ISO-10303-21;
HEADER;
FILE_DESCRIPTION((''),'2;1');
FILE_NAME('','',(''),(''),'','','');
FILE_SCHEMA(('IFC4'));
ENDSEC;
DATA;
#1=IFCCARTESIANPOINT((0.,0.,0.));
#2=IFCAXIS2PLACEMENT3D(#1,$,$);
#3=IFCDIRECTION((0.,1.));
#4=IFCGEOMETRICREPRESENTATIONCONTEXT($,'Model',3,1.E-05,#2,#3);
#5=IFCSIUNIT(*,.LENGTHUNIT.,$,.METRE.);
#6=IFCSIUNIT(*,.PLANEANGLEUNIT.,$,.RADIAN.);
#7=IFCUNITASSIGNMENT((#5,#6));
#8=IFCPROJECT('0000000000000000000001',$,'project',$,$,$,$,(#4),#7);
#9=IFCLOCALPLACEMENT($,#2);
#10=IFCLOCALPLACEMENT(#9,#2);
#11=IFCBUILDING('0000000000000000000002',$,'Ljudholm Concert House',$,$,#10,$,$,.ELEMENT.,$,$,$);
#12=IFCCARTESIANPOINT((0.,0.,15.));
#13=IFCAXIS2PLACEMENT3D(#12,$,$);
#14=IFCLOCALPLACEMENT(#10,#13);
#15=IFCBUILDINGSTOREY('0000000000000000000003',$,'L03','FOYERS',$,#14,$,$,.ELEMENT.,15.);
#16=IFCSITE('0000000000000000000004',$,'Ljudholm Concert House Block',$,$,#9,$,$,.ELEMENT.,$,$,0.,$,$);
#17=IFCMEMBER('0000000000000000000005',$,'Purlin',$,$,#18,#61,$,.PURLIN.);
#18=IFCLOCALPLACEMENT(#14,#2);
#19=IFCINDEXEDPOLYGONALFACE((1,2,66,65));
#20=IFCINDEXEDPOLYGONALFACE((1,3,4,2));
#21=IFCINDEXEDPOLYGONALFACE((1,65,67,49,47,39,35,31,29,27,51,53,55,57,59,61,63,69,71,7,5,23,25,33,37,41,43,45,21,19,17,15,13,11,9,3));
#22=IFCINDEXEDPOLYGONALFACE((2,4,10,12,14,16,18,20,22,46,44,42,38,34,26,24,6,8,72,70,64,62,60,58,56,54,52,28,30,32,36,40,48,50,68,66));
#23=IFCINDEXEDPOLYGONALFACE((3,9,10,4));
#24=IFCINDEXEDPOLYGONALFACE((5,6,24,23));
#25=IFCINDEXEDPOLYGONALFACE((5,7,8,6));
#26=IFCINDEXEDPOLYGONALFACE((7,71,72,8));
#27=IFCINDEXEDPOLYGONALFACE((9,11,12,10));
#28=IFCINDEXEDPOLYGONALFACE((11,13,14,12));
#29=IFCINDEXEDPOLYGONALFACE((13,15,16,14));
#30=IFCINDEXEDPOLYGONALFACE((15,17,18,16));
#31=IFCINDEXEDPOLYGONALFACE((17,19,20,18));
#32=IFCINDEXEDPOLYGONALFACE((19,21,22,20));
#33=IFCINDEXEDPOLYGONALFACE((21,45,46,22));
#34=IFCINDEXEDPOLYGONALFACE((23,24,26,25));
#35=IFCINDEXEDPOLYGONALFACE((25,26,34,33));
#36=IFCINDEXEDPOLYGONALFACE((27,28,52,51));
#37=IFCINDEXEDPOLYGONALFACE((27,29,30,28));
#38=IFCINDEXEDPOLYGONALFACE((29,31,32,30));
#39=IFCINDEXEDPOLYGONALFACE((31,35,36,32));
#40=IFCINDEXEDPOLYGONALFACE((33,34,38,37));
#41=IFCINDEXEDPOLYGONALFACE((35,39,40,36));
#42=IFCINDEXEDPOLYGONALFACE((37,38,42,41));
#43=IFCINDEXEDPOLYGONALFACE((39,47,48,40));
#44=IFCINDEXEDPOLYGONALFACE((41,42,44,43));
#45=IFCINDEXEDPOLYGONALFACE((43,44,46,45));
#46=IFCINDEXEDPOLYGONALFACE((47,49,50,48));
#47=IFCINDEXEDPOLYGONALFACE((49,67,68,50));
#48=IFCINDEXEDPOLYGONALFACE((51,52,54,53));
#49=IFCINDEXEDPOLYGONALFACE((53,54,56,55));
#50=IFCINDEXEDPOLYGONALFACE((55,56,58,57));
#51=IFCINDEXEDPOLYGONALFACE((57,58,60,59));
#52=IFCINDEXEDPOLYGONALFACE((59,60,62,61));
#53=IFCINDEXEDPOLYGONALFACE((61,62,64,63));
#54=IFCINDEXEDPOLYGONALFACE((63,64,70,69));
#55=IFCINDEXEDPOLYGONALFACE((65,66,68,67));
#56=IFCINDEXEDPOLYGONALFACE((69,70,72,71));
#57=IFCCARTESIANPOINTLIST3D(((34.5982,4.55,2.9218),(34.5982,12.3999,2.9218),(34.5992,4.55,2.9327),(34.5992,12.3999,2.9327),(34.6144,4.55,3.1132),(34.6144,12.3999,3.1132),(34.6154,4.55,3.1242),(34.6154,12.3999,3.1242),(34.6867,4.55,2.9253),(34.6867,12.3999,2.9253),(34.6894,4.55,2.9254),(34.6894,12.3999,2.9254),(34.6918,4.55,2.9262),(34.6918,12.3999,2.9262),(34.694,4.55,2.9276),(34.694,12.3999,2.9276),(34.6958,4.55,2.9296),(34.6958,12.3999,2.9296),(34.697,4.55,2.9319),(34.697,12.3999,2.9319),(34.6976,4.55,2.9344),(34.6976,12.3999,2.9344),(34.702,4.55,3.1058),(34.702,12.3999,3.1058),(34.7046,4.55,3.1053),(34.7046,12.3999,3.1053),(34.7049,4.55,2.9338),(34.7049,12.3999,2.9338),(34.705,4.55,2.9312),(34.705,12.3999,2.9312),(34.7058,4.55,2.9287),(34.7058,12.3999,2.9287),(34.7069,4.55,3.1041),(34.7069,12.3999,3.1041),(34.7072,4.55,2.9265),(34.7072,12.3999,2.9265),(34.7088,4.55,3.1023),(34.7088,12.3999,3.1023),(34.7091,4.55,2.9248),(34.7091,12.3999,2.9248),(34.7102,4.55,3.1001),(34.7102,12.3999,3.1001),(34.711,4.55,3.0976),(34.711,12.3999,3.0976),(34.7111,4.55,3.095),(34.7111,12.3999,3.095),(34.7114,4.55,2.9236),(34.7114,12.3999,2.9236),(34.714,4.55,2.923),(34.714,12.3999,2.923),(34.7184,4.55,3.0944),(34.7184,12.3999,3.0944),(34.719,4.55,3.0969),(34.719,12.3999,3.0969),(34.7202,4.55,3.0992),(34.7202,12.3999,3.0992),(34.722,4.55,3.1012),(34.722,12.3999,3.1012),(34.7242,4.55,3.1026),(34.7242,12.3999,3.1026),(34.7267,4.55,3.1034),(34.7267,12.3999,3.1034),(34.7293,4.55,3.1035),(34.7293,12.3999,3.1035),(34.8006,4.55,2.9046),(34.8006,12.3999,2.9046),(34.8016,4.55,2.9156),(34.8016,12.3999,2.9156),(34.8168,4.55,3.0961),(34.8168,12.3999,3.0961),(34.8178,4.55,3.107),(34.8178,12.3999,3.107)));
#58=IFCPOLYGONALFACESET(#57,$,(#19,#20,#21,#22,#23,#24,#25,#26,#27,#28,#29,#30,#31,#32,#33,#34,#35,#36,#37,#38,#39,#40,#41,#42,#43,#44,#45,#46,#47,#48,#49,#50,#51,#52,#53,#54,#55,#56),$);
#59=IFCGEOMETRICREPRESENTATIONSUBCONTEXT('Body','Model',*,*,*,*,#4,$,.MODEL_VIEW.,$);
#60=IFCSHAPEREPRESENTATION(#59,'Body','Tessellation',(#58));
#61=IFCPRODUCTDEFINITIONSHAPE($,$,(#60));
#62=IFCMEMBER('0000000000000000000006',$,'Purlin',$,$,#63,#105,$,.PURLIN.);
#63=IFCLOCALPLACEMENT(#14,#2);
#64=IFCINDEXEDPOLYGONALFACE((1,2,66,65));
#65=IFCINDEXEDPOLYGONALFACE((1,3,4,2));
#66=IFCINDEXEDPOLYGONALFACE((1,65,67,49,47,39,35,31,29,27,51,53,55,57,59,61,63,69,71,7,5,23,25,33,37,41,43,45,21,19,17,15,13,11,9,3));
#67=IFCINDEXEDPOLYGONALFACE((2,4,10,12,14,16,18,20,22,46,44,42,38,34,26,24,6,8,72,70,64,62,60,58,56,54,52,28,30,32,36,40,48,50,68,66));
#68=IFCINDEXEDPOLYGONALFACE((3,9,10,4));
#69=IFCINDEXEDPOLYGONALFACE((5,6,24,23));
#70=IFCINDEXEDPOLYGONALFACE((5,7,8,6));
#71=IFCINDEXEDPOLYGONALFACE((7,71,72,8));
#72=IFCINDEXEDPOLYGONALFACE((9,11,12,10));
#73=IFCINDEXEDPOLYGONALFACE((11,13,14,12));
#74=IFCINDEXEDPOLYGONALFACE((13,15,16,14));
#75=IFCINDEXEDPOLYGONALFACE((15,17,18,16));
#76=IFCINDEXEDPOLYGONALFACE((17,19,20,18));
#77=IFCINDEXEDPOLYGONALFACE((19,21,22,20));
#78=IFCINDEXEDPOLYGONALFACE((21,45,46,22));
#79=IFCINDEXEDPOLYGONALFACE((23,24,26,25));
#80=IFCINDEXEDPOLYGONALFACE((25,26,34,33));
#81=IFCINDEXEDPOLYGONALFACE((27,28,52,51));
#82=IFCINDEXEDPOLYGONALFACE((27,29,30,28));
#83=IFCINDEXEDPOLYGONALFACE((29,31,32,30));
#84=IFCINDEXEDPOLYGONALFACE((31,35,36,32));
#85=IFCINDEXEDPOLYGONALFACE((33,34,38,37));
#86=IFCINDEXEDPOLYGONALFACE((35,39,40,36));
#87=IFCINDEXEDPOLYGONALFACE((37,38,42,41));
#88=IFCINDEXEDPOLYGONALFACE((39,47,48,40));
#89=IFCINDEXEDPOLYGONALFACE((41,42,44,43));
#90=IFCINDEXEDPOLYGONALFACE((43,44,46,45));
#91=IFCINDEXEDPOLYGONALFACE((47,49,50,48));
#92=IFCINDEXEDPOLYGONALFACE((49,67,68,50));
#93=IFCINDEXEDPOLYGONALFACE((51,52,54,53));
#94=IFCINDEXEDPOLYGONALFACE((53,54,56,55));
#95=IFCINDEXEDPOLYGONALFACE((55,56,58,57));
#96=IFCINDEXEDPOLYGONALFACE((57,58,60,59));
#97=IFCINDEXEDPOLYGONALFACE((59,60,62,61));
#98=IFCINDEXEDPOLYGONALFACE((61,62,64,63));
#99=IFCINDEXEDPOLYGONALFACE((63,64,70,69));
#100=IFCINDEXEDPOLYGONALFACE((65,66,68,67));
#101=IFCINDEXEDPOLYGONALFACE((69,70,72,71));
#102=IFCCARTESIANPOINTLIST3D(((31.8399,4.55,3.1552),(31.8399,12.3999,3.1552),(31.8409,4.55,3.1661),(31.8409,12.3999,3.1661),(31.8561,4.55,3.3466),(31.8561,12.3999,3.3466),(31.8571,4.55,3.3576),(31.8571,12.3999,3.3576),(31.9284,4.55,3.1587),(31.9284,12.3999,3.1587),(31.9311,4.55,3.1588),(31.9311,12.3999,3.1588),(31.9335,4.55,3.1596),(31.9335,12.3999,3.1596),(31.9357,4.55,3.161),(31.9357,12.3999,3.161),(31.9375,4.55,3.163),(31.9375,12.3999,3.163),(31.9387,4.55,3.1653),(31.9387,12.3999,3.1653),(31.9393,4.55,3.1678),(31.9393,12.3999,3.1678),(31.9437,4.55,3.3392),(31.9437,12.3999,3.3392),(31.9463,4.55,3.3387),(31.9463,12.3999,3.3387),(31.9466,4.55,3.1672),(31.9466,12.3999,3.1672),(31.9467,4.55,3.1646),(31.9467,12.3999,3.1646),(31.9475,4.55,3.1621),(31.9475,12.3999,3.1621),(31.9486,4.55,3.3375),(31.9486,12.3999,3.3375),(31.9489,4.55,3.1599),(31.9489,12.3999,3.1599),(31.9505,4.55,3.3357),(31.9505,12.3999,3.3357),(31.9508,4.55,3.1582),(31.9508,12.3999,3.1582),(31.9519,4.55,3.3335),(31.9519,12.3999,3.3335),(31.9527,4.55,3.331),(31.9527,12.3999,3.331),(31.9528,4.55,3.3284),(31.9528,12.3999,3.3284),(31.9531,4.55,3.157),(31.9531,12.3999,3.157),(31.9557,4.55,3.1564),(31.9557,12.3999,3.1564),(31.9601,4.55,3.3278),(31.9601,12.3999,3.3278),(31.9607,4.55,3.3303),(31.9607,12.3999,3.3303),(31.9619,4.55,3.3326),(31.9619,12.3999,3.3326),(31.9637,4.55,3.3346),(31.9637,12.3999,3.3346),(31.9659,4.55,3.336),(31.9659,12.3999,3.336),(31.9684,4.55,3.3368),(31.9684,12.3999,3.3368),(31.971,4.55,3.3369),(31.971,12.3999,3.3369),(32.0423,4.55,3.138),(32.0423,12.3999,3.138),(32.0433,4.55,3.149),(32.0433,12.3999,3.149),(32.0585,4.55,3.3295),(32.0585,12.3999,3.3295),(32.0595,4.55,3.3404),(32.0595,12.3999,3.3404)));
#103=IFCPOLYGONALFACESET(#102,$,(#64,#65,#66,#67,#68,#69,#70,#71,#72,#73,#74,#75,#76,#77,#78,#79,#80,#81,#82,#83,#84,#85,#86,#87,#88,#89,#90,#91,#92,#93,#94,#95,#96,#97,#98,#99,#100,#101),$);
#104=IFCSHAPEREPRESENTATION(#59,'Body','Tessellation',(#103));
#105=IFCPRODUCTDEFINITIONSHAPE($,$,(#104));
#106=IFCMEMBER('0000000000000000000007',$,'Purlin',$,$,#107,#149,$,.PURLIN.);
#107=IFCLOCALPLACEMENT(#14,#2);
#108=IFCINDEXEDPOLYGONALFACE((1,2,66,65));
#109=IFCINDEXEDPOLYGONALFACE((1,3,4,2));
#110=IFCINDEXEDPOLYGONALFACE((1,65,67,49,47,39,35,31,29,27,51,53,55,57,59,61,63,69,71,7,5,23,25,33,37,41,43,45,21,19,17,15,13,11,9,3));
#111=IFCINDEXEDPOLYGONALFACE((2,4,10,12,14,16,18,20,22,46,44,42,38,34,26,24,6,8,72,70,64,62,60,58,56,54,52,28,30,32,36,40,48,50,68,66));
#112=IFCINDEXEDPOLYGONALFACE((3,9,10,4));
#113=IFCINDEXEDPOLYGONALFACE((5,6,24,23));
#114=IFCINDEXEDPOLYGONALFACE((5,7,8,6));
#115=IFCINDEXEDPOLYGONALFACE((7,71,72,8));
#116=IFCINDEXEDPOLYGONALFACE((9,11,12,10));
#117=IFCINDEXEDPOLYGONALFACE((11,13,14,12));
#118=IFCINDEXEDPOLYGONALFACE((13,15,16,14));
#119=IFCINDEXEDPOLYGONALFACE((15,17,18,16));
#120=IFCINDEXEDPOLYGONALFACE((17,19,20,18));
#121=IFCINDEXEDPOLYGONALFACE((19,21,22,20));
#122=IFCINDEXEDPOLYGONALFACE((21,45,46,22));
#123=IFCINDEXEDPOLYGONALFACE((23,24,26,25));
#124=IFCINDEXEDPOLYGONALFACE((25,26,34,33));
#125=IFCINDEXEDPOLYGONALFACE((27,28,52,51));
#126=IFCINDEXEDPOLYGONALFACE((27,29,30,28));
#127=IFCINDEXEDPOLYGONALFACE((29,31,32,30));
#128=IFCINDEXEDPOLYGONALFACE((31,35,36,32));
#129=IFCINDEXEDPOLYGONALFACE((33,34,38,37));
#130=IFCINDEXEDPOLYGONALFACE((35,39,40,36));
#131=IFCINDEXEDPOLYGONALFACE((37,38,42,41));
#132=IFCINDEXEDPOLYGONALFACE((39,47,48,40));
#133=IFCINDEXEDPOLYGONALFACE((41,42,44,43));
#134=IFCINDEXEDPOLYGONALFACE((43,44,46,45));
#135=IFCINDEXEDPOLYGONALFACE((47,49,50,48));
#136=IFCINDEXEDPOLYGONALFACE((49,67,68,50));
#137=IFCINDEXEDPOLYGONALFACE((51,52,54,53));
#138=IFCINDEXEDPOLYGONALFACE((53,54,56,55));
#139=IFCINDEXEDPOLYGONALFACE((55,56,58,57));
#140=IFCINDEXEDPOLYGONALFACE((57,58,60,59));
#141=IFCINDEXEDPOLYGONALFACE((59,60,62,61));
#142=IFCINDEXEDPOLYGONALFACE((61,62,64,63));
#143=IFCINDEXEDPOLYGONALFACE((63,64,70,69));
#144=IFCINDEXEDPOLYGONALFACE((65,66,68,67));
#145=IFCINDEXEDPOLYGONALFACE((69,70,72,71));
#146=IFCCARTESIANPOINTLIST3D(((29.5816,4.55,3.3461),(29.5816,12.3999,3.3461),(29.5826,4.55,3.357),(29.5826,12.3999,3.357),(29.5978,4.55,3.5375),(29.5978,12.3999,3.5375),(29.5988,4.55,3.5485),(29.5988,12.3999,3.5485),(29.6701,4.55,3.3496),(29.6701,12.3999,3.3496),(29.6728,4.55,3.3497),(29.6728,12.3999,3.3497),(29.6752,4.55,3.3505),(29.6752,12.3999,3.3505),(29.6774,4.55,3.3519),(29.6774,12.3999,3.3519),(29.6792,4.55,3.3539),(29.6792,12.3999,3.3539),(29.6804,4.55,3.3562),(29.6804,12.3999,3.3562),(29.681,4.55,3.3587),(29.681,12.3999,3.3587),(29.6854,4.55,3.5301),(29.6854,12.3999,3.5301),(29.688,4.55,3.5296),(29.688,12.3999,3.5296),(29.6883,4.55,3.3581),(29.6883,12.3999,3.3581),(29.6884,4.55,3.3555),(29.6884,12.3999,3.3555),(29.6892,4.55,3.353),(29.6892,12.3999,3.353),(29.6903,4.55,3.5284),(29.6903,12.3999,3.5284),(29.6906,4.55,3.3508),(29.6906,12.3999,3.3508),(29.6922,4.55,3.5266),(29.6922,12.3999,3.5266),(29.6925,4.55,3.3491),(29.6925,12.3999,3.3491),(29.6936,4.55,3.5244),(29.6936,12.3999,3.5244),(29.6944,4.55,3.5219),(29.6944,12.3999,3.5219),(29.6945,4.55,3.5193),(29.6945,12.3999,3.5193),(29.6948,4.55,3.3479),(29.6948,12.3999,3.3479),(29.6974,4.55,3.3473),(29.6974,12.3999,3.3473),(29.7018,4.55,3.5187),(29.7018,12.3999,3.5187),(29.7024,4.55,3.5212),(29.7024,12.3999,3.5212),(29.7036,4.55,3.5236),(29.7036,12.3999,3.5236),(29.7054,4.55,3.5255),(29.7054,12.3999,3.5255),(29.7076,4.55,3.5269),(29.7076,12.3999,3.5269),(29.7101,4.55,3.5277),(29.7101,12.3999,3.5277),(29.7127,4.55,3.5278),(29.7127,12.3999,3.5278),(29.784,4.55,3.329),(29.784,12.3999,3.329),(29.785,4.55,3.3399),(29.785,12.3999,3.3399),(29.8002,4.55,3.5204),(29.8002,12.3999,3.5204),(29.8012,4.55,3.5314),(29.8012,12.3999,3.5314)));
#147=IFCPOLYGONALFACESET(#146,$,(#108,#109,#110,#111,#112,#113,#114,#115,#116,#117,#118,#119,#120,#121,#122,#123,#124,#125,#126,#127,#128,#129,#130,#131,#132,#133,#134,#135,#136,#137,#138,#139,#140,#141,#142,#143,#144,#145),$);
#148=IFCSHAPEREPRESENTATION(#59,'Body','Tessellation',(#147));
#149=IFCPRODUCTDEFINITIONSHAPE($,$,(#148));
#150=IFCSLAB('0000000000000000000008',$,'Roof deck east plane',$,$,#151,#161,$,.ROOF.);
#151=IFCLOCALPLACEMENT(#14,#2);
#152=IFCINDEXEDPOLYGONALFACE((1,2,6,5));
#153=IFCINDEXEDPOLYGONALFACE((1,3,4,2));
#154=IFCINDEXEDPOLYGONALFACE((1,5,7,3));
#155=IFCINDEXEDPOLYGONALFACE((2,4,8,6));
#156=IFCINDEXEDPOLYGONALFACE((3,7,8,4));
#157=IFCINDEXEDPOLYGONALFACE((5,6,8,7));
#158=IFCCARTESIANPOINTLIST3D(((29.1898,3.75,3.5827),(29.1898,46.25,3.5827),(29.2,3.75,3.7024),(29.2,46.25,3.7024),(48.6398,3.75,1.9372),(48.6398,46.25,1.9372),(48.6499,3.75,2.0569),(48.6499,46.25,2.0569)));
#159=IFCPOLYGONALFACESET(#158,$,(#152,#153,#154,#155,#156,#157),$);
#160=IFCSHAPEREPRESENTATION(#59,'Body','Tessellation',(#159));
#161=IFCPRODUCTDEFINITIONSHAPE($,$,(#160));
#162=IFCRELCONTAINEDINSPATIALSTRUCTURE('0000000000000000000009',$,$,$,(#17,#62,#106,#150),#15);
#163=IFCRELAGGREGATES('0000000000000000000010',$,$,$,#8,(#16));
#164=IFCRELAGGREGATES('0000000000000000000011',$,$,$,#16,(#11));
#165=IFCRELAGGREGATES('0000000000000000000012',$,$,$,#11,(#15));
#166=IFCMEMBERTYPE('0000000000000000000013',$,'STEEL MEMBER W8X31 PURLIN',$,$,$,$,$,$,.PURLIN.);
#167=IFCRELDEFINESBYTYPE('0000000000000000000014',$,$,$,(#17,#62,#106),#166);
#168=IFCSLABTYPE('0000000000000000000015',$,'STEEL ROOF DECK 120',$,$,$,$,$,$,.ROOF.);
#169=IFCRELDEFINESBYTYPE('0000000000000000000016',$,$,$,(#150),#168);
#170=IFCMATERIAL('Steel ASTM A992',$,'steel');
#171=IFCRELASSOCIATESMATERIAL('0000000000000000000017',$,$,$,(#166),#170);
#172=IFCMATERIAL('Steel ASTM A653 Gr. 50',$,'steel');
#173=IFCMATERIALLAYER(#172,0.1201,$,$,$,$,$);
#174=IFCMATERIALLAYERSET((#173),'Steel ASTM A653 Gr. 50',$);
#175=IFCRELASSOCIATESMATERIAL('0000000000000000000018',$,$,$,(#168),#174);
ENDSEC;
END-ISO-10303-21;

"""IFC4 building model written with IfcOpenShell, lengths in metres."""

from ifc_helpers import new_model, si_unit, direction, frame, origin, origin_2d, place, context, subcontext, project, spatial, polyline, i_section, outline, extrude, material, layer, layer_set, material_profile, profile_set, type_object, element, save


model = new_model("IFC4")

# Units and contexts
model_context = context("Model", 3, precision=1e-05, world=origin(), true_north=direction((0.0, 1.0)))
body_context = subcontext(model_context, "Body", "Model", "MODEL_VIEW")
ifc_project = project(units=[si_unit("LENGTHUNIT", "METRE"), si_unit("PLANEANGLEUNIT", "RADIAN")], contexts=[model_context])

# Site, building, storey
site_placement = place(None, origin())
site = spatial("IfcSite", under=ifc_project, at=site_placement, Name="Ljudholm Concert House Block", CompositionType="ELEMENT", RefElevation=0.0)
building_placement = place(site_placement, origin())
building = spatial("IfcBuilding", under=site, at=building_placement, Name="Ljudholm Concert House", CompositionType="ELEMENT")
storey_placement = place(building_placement, frame((0.0, 0.0, 15.0)))
storey = spatial("IfcBuildingStorey", under=building, at=storey_placement, Name="L03", Description="FOYERS", CompositionType="ELEMENT", Elevation=15.0)

# Members
ifc_material_1 = material(Name="Steel ASTM A992", Category="steel")
ifc_material_profile_1 = material_profile(ifc_material_1, i_section(OverallWidth=0.2031, OverallDepth=0.2031, WebThickness=0.0073, FlangeThickness=0.011, FilletRadius=0.01, at=origin_2d()), Name="W8X31")
ifc_profile_set_1 = profile_set([ifc_material_profile_1], Name="Steel ASTM A992")
member_type_1 = type_object("IfcMemberType", Name="STEEL MEMBER W8X31 PURLIN", PredefinedType="PURLIN", material=ifc_profile_set_1)
for number, where, z_axis, x_axis, name in (
    (1, (34.708, 4.55, 3.0144), (0.0, 1.0, 0.0), (-0.996441, 0.0, 0.084291), "Purlin"),
    (2, (31.9497, 4.55, 3.2478), (0.0, 1.0, 0.0), (-0.996441, 0.0, 0.084291), "Purlin"),
    (3, (29.6914, 4.55, 3.4387), (0.0, 1.0, 0.0), (-0.996441, 0.0, 0.084291), "Purlin"),
):
    element("IfcMember", number, at=place(storey_placement, frame(where, z_axis=z_axis, x_axis=x_axis)), inside=storey, type_object=member_type_1, Name=name, PredefinedType="PURLIN", context=body_context, shape_type="SweptSolid", body=[
        extrude(i_section(OverallWidth=0.2031, OverallDepth=0.2031, WebThickness=0.0073, FlangeThickness=0.011, FilletRadius=0.01, at=origin_2d()), origin(), (0.0, 0.0, 1.0), 7.8499),
    ])

# Slab
ifc_material_2 = material(Name="Steel ASTM A653 Gr. 50", Category="steel")
ifc_layer = layer(ifc_material_2, 0.1201)
ifc_layer_set = layer_set([ifc_layer], Name="Steel ASTM A653 Gr. 50")
slab_type = type_object("IfcSlabType", Name="STEEL ROOF DECK 120", PredefinedType="ROOF", material=ifc_layer_set)
slab_placement = place(storey_placement, frame((29.2, 3.75, 3.7024), z_axis=(0.084301, 0.0, 0.99644), x_axis=(0.99644, 0.0, -0.084301)))
element("IfcSlab", 4, at=slab_placement, inside=storey, type_object=slab_type, Name="Roof deck east plane", PredefinedType="ROOF", context=body_context, shape_type="SweptSolid", body=[
    extrude(outline(polyline([(0.0, 0.0), (19.5194, 0.0), (19.5194, 42.5), (0.0, 42.5), (0.0, 0.0)])), origin(), (0.0, 0.0, -1.0), 0.1201),
])

save(model, "model.ifc")
